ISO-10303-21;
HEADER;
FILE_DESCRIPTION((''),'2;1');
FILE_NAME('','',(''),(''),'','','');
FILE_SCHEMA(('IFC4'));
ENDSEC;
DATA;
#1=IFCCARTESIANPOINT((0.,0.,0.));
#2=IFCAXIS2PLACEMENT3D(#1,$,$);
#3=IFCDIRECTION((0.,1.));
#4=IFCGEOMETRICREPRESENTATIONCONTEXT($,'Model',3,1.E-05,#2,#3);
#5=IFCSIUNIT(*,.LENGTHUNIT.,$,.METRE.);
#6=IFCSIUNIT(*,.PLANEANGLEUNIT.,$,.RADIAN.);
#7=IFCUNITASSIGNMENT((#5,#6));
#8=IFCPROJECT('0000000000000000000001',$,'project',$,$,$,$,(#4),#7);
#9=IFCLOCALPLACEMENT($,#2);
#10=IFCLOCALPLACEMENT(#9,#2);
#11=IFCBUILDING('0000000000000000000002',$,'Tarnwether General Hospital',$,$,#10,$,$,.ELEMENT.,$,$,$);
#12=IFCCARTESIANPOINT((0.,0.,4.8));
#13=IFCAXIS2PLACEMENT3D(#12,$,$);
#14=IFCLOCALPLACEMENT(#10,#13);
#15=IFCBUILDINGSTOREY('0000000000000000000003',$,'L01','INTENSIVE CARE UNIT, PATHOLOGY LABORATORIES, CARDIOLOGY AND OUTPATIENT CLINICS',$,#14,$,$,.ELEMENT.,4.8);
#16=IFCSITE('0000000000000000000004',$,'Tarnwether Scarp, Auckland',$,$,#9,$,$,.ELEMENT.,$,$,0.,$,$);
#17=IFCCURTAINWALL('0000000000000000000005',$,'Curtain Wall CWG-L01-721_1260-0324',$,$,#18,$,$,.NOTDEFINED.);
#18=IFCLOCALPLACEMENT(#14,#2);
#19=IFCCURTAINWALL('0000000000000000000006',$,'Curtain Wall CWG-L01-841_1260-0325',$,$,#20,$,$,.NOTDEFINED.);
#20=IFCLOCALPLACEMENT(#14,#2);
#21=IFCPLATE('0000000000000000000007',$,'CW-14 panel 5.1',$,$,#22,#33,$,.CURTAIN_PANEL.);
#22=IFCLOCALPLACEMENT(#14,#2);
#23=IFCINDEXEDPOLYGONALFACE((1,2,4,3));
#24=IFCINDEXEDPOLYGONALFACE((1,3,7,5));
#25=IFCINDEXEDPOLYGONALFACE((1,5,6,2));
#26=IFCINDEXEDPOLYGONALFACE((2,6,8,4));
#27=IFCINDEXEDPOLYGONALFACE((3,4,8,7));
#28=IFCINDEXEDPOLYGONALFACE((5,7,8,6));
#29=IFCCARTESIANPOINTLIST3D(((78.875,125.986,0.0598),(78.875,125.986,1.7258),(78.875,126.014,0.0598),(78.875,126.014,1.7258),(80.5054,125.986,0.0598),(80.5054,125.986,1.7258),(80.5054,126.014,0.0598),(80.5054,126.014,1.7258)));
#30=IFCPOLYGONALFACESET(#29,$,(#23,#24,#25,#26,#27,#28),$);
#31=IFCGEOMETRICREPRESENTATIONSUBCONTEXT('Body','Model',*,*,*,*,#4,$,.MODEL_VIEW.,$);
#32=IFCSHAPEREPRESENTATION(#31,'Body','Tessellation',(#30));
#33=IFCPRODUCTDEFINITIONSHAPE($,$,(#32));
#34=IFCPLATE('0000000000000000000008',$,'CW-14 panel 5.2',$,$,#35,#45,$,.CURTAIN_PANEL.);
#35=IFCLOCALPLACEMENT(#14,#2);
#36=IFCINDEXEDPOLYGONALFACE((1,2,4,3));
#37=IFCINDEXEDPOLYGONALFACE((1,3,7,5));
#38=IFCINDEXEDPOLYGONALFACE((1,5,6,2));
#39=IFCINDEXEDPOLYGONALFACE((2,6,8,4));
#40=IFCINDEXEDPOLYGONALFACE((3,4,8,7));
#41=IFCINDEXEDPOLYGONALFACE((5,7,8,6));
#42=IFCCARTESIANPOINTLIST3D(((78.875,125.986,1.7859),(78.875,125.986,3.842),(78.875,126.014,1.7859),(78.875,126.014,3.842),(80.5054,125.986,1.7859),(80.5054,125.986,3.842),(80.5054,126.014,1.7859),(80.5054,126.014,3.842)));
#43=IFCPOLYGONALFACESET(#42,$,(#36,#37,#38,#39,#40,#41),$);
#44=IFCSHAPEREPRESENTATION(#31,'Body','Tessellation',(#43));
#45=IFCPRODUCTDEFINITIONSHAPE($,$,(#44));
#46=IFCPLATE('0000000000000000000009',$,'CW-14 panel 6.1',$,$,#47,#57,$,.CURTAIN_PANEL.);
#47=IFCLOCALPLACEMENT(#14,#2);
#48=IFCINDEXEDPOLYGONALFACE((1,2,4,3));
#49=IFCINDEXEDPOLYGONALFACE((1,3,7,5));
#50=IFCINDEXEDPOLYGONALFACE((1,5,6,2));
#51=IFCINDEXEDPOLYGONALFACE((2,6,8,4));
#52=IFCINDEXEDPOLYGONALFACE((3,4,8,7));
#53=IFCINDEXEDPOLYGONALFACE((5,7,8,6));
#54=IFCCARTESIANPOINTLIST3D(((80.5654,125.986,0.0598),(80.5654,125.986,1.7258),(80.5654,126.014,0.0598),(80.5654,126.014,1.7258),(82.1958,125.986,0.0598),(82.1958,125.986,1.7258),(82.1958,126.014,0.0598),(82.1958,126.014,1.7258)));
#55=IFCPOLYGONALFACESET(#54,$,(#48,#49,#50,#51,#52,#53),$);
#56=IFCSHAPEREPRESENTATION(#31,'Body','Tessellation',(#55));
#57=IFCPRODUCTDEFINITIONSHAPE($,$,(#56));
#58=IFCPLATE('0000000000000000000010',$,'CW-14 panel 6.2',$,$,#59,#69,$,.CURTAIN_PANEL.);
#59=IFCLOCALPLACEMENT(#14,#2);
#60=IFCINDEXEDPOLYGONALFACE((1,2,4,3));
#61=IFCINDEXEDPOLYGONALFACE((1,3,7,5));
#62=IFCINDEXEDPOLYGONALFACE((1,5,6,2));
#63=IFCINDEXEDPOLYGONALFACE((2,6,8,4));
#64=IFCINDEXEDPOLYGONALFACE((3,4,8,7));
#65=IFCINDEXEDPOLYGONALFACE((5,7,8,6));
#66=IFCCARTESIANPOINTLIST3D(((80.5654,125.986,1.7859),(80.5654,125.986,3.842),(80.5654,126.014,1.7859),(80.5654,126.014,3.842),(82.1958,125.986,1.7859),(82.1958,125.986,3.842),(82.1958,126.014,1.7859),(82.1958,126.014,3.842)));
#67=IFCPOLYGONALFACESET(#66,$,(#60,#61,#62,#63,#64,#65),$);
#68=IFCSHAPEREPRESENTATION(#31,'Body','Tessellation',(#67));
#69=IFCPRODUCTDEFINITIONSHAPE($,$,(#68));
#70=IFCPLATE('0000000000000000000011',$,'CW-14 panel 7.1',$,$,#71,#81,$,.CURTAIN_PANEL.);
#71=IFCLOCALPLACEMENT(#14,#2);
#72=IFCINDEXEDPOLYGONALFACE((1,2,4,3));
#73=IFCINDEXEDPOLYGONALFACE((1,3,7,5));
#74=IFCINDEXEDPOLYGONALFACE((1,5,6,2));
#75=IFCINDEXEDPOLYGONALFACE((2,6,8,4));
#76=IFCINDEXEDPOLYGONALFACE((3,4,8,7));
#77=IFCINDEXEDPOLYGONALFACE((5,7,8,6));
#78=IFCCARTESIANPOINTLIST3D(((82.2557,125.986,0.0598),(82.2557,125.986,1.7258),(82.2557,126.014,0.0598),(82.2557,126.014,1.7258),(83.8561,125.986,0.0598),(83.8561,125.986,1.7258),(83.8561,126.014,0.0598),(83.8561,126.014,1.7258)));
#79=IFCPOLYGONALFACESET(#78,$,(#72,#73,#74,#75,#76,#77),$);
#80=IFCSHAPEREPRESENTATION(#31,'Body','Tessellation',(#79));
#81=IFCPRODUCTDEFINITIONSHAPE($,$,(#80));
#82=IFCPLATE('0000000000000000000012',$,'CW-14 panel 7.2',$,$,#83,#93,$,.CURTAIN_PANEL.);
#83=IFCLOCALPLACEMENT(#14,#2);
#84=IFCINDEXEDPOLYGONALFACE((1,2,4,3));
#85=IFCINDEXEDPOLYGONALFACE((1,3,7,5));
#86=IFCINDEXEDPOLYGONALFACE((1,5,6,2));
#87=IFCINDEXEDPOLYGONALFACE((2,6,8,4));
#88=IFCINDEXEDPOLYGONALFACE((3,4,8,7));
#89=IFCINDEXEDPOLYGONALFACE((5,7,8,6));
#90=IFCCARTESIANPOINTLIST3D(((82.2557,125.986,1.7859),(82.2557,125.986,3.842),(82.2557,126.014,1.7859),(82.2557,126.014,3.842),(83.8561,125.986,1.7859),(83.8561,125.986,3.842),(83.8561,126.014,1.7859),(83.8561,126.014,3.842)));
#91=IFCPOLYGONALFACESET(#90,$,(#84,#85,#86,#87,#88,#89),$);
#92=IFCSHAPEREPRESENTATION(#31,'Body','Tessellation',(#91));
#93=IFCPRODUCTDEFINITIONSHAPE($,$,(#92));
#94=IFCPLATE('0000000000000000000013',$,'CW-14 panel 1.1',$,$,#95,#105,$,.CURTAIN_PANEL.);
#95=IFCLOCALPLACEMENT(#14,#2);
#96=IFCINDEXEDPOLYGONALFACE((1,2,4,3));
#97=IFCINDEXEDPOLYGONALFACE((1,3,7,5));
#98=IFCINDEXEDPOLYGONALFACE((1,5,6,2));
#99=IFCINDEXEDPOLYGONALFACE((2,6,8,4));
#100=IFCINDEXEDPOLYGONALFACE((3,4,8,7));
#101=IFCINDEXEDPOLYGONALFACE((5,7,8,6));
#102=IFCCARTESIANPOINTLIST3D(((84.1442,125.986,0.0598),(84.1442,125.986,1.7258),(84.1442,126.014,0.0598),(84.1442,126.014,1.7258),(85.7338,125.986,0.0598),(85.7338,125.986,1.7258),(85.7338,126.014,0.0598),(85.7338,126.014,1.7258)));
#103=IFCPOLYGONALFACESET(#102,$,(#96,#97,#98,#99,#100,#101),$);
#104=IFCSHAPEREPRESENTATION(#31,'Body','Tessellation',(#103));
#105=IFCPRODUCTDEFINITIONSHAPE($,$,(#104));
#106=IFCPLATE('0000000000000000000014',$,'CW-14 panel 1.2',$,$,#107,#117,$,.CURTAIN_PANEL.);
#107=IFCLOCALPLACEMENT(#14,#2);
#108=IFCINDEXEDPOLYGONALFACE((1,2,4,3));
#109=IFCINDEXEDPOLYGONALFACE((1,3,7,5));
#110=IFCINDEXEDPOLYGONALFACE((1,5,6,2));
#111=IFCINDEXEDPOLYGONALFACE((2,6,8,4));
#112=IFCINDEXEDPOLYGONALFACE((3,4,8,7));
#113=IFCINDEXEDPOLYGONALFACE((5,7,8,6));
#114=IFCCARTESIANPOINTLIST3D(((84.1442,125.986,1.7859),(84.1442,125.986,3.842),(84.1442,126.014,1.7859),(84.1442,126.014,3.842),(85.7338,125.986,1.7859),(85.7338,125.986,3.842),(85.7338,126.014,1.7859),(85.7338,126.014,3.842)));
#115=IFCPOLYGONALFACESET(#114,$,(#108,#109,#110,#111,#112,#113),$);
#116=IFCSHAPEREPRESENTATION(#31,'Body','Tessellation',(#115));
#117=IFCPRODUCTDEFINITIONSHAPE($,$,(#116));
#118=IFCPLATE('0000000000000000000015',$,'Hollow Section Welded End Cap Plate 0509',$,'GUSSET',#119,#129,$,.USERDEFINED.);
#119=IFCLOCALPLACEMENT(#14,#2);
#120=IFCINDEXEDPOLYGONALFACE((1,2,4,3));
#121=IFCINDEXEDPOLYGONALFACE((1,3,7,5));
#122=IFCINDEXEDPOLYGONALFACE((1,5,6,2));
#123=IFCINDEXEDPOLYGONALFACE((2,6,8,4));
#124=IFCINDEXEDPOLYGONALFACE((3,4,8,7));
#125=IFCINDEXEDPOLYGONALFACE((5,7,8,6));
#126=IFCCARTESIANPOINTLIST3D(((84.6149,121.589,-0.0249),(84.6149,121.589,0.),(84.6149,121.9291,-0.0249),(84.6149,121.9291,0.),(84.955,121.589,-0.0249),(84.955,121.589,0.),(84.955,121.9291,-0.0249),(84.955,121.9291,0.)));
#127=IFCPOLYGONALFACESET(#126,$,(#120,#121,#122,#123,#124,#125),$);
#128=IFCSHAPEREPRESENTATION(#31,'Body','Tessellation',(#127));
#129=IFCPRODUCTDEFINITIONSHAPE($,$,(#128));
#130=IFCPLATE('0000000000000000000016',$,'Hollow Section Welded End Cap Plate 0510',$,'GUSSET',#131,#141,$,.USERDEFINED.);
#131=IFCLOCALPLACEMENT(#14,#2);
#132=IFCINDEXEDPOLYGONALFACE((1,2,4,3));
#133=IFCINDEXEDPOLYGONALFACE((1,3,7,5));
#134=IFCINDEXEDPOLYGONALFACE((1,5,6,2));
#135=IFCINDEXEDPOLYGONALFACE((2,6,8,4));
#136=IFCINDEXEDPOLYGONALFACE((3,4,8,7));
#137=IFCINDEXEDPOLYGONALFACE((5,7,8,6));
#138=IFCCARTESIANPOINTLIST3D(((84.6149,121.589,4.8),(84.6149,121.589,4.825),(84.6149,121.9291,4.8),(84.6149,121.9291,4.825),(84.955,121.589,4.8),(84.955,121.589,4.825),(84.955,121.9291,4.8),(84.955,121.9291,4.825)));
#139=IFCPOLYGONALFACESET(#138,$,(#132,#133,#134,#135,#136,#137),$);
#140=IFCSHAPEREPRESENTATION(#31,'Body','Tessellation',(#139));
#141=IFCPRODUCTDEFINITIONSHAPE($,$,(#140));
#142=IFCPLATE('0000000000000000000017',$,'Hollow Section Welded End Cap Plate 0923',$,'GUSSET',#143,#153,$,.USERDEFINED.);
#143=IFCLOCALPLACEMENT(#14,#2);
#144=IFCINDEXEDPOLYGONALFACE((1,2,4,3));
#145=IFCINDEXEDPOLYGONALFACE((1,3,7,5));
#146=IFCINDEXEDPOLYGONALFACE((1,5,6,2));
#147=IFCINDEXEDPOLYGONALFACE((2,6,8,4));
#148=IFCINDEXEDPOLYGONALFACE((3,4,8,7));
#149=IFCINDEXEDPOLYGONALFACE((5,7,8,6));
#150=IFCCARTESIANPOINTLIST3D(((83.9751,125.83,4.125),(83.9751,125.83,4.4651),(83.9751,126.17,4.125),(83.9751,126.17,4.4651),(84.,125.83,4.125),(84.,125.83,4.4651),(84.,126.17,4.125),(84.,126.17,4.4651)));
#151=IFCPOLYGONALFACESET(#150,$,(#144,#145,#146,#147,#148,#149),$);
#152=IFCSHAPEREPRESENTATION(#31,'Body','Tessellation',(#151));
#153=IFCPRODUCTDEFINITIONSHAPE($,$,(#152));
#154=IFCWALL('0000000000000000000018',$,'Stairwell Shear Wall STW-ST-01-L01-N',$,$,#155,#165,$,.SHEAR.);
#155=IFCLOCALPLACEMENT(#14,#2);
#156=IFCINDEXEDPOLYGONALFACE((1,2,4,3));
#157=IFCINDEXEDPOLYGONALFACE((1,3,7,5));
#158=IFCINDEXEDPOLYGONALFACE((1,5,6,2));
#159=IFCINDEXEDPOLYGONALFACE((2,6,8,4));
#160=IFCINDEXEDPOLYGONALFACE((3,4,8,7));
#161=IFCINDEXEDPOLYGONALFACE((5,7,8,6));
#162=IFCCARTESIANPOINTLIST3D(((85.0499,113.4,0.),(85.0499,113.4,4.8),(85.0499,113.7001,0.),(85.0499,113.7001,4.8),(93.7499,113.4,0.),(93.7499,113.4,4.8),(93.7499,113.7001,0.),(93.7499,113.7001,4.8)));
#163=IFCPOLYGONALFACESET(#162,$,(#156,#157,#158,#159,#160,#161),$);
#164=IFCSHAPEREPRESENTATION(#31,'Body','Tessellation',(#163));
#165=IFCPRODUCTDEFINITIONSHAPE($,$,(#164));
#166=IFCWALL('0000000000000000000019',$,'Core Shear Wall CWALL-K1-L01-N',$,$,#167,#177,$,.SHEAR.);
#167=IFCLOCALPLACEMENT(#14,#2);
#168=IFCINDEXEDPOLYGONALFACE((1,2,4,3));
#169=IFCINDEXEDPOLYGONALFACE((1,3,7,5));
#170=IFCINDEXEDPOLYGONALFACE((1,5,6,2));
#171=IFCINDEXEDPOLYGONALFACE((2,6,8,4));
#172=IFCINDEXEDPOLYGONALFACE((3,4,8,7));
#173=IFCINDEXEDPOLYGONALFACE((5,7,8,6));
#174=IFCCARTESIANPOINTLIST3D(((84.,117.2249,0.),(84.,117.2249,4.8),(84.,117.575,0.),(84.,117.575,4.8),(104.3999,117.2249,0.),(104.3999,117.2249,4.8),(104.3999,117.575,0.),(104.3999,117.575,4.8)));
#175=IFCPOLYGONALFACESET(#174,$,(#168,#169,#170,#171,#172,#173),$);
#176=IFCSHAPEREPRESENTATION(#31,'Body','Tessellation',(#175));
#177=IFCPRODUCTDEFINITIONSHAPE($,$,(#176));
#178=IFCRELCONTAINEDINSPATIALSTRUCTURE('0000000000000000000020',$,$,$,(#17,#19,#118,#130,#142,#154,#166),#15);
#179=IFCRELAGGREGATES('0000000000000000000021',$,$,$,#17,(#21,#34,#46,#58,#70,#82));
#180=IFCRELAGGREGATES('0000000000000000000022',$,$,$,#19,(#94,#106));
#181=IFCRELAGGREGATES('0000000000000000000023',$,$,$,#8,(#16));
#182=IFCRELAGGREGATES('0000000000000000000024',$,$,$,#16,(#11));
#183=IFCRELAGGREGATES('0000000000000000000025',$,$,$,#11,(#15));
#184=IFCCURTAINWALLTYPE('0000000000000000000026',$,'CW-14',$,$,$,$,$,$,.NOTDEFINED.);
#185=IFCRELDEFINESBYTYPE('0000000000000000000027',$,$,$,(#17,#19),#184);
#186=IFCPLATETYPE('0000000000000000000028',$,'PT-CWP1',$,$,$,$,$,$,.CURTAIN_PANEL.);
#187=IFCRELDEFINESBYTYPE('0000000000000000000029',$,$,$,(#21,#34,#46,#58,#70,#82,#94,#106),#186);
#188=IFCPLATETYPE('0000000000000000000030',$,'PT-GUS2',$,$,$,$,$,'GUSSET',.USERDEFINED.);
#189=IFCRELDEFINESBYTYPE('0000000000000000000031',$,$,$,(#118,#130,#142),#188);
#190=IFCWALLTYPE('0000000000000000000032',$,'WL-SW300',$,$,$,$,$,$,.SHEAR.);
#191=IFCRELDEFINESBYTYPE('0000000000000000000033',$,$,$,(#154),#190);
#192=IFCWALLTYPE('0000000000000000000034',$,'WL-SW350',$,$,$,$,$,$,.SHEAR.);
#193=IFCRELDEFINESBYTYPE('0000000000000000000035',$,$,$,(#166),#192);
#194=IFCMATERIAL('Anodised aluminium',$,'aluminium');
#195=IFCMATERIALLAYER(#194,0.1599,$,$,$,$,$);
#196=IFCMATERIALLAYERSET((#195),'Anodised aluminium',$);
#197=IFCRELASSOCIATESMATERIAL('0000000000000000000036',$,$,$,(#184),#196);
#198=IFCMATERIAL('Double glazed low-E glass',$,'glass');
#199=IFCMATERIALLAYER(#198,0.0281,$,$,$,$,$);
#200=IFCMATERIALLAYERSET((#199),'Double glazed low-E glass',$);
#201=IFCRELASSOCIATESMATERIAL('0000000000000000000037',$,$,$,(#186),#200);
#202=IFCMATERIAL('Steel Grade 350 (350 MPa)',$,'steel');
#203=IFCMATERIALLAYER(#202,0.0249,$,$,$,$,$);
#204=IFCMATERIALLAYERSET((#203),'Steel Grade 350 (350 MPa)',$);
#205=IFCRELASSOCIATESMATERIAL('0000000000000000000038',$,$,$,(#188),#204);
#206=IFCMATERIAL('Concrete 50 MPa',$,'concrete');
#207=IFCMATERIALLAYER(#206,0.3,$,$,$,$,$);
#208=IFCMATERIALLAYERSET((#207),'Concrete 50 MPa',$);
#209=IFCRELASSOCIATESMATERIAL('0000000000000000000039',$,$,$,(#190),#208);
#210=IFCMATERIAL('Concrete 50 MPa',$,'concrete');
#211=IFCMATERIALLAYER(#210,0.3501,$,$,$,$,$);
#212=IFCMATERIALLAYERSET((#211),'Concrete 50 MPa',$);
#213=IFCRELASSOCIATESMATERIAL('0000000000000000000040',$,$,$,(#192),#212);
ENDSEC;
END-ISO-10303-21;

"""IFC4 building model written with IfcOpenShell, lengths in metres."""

from ifc_helpers import new_model, si_unit, direction, frame, frame_2d, origin, origin_2d, place, context, subcontext, project, spatial, rectangle, extrude, material, layer, layer_set, type_object, element, aggregate, save


model = new_model("IFC4")

# Units and contexts
model_context = context("Model", 3, precision=1e-05, world=origin(), true_north=direction((0.0, 1.0)))
body_context = subcontext(model_context, "Body", "Model", "MODEL_VIEW")
ifc_project = project(units=[si_unit("LENGTHUNIT", "METRE"), si_unit("PLANEANGLEUNIT", "RADIAN")], contexts=[model_context])

# Site, building, storey
site_placement = place(None, origin())
site = spatial("IfcSite", under=ifc_project, at=site_placement, Name="Tarnwether Scarp, Auckland", CompositionType="ELEMENT", RefElevation=0.0)
building_placement = place(site_placement, origin())
building = spatial("IfcBuilding", under=site, at=building_placement, Name="Tarnwether General Hospital", CompositionType="ELEMENT")
storey_placement = place(building_placement, frame((0.0, 0.0, 4.8)))
storey = spatial("IfcBuildingStorey", under=building, at=storey_placement, Name="L01", Description="INTENSIVE CARE UNIT, PATHOLOGY LABORATORIES, CARDIOLOGY AND OUTPATIENT CLINICS", CompositionType="ELEMENT", Elevation=4.8)

# Curtain wall
ifc_material_1 = material(Name="Anodised aluminium", Category="aluminium")
ifc_layer_1 = layer(ifc_material_1, 0.1599)
ifc_layer_set_1 = layer_set([ifc_layer_1], Name="Anodised aluminium")
curtain_wall_type = type_object("IfcCurtainWallType", Name="CW-14", PredefinedType="NOTDEFINED", material=ifc_layer_set_1)
curtain_wall_1_placement = place(storey_placement, origin())
curtain_wall_1 = element("IfcCurtainWall", 1, at=curtain_wall_1_placement, inside=storey, type_object=curtain_wall_type, Name="Curtain Wall CWG-L01-721_1260-0324", PredefinedType="NOTDEFINED")

# Curtain wall
curtain_wall_2_placement = place(storey_placement, origin())
curtain_wall_2 = element("IfcCurtainWall", 2, at=curtain_wall_2_placement, inside=storey, type_object=curtain_wall_type, Name="Curtain Wall CWG-L01-841_1260-0325", PredefinedType="NOTDEFINED")

# Plates
ifc_material_2 = material(Name="Double glazed low-E glass", Category="glass")
ifc_layer_2 = layer(ifc_material_2, 0.0281)
ifc_layer_set_2 = layer_set([ifc_layer_2], Name="Double glazed low-E glass")
plate_type_1 = type_object("IfcPlateType", Name="PT-CWP1", PredefinedType="CURTAIN_PANEL", material=ifc_layer_set_2)
plate_1_placement = place(storey_placement, frame((79.6902, 126.0, 0.0598), z_axis=(0.0, 0.0, 1.0), x_axis=(1.0, 0.0, 0.0)))
plate_1 = element("IfcPlate", 3, at=plate_1_placement, type_object=plate_type_1, Name="CW-14 panel 5.1", PredefinedType="CURTAIN_PANEL", context=body_context, shape_type="SweptSolid", body=[
    extrude(rectangle(XDim=1.6304, YDim=0.0281, at=origin_2d()), origin(), (0.0, 0.0, 1.0), 1.666),
])
plate_2_placement = place(storey_placement, frame((79.6902, 126.0, 1.7859), z_axis=(0.0, 0.0, 1.0), x_axis=(1.0, 0.0, 0.0)))
plate_2 = element("IfcPlate", 4, at=plate_2_placement, type_object=plate_type_1, Name="CW-14 panel 5.2", PredefinedType="CURTAIN_PANEL", context=body_context, shape_type="SweptSolid", body=[
    extrude(rectangle(XDim=1.6304, YDim=0.0281, at=origin_2d()), origin(), (0.0, 0.0, 1.0), 2.0562),
])
plate_3_placement = place(storey_placement, frame((81.3806, 126.0, 0.0598), z_axis=(0.0, 0.0, 1.0), x_axis=(1.0, 0.0, 0.0)))
plate_3 = element("IfcPlate", 5, at=plate_3_placement, type_object=plate_type_1, Name="CW-14 panel 6.1", PredefinedType="CURTAIN_PANEL", context=body_context, shape_type="SweptSolid", body=[
    extrude(rectangle(XDim=1.6304, YDim=0.0281, at=origin_2d()), origin(), (0.0, 0.0, 1.0), 1.666),
])
plate_4_placement = place(storey_placement, frame((81.3806, 126.0, 1.7859), z_axis=(0.0, 0.0, 1.0), x_axis=(1.0, 0.0, 0.0)))
plate_4 = element("IfcPlate", 6, at=plate_4_placement, type_object=plate_type_1, Name="CW-14 panel 6.2", PredefinedType="CURTAIN_PANEL", context=body_context, shape_type="SweptSolid", body=[
    extrude(rectangle(XDim=1.6304, YDim=0.0281, at=origin_2d()), origin(), (0.0, 0.0, 1.0), 2.0562),
])
plate_5_placement = place(storey_placement, frame((83.0559, 126.0, 0.0598), z_axis=(0.0, 0.0, 1.0), x_axis=(1.0, 0.0, 0.0)))
plate_5 = element("IfcPlate", 7, at=plate_5_placement, type_object=plate_type_1, Name="CW-14 panel 7.1", PredefinedType="CURTAIN_PANEL", context=body_context, shape_type="SweptSolid", body=[
    extrude(rectangle(XDim=1.6003, YDim=0.0281, at=origin_2d()), origin(), (0.0, 0.0, 1.0), 1.666),
])
plate_6_placement = place(storey_placement, frame((83.0559, 126.0, 1.7859), z_axis=(0.0, 0.0, 1.0), x_axis=(1.0, 0.0, 0.0)))
plate_6 = element("IfcPlate", 8, at=plate_6_placement, type_object=plate_type_1, Name="CW-14 panel 7.2", PredefinedType="CURTAIN_PANEL", context=body_context, shape_type="SweptSolid", body=[
    extrude(rectangle(XDim=1.6003, YDim=0.0281, at=origin_2d()), origin(), (0.0, 0.0, 1.0), 2.0562),
])
aggregate(curtain_wall_1, [plate_1, plate_2, plate_3, plate_4, plate_5, plate_6])
plate_7_placement = place(storey_placement, frame((84.939, 126.0, 0.0598), z_axis=(0.0, 0.0, 1.0), x_axis=(1.0, 0.0, 0.0)))
plate_7 = element("IfcPlate", 9, at=plate_7_placement, type_object=plate_type_1, Name="CW-14 panel 1.1", PredefinedType="CURTAIN_PANEL", context=body_context, shape_type="SweptSolid", body=[
    extrude(rectangle(XDim=1.5896, YDim=0.0281, at=origin_2d()), origin(), (0.0, 0.0, 1.0), 1.666),
])
plate_8_placement = place(storey_placement, frame((84.939, 126.0, 1.7859), z_axis=(0.0, 0.0, 1.0), x_axis=(1.0, 0.0, 0.0)))
plate_8 = element("IfcPlate", 10, at=plate_8_placement, type_object=plate_type_1, Name="CW-14 panel 1.2", PredefinedType="CURTAIN_PANEL", context=body_context, shape_type="SweptSolid", body=[
    extrude(rectangle(XDim=1.5896, YDim=0.0281, at=origin_2d()), origin(), (0.0, 0.0, 1.0), 2.0562),
])
aggregate(curtain_wall_2, [plate_7, plate_8])

# Plates
ifc_material_3 = material(Name="Steel Grade 350 (350 MPa)", Category="steel")
ifc_layer_3 = layer(ifc_material_3, 0.0249)
ifc_layer_set_3 = layer_set([ifc_layer_3], Name="Steel Grade 350 (350 MPa)")
plate_type_2 = type_object("IfcPlateType", Name="PT-GUS2", ElementType="GUSSET", PredefinedType="USERDEFINED", material=ifc_layer_set_3)
for number, where, z_axis, x_axis, name in (
    (11, (84.7849, 121.759, -0.0249), (0.0, 0.0, 1.0), (1.0, 0.0, 0.0), "Hollow Section Welded End Cap Plate 0509"),
    (12, (84.7849, 121.759, 4.8), (0.0, 0.0, 1.0), (1.0, 0.0, 0.0), "Hollow Section Welded End Cap Plate 0510"),
):
    element("IfcPlate", number, at=place(storey_placement, frame(where, z_axis=z_axis, x_axis=x_axis)), inside=storey, type_object=plate_type_2, Name=name, ObjectType="GUSSET", PredefinedType="USERDEFINED", context=body_context, shape_type="SweptSolid", body=[
        extrude(rectangle(XDim=0.3401, YDim=0.3401, at=origin_2d()), origin(), (0.0, 0.0, 1.0), 0.0249),
    ])
plate_9_placement = place(storey_placement, frame((83.9875, 126.0, 4.125), z_axis=(0.0, 0.0, 1.0), x_axis=(1.0, 0.0, 0.0)))
element("IfcPlate", 13, at=plate_9_placement, inside=storey, type_object=plate_type_2, Name="Hollow Section Welded End Cap Plate 0923", ObjectType="GUSSET", PredefinedType="USERDEFINED", context=body_context, shape_type="SweptSolid", body=[
    extrude(rectangle(XDim=0.0249, YDim=0.3401, at=origin_2d()), origin(), (0.0, 0.0, 1.0), 0.3401),
])

# Walls
ifc_material_4 = material(Name="Concrete 50 MPa", Category="concrete")
ifc_layer_4 = layer(ifc_material_4, 0.3)
ifc_layer_set_4 = layer_set([ifc_layer_4], Name="Concrete 50 MPa")
wall_type_1 = type_object("IfcWallType", Name="WL-SW300", PredefinedType="SHEAR", material=ifc_layer_set_4)
wall_1_placement = place(storey_placement, frame((93.75, 113.55, 0.0), z_axis=(0.0, 0.0, 1.0), x_axis=(-1.0, 0.0, 0.0)))
element("IfcWall", 14, at=wall_1_placement, inside=storey, type_object=wall_type_1, Name="Stairwell Shear Wall STW-ST-01-L01-N", PredefinedType="SHEAR", context=body_context, shape_type="SweptSolid", body=[
    extrude(rectangle(XDim=8.7, YDim=0.3, at=frame_2d((4.3501, 0.0))), origin(), (0.0, 0.0, 1.0), 4.8),
])
ifc_material_5 = material(Name="Concrete 50 MPa", Category="concrete")
ifc_layer_5 = layer(ifc_material_5, 0.3501)
ifc_layer_set_5 = layer_set([ifc_layer_5], Name="Concrete 50 MPa")
wall_type_2 = type_object("IfcWallType", Name="WL-SW350", PredefinedType="SHEAR", material=ifc_layer_set_5)
wall_2_placement = place(storey_placement, frame((84.0, 117.3999, 0.0), z_axis=(0.0, 0.0, 1.0), x_axis=(1.0, 0.0, 0.0)))
element("IfcWall", 15, at=wall_2_placement, inside=storey, type_object=wall_type_2, Name="Core Shear Wall CWALL-K1-L01-N", PredefinedType="SHEAR", context=body_context, shape_type="SweptSolid", body=[
    extrude(rectangle(XDim=20.3999, YDim=0.3501, at=frame_2d((10.2, 0.0))), origin(), (0.0, 0.0, 1.0), 4.8),
])

save(model, "model.ifc")
